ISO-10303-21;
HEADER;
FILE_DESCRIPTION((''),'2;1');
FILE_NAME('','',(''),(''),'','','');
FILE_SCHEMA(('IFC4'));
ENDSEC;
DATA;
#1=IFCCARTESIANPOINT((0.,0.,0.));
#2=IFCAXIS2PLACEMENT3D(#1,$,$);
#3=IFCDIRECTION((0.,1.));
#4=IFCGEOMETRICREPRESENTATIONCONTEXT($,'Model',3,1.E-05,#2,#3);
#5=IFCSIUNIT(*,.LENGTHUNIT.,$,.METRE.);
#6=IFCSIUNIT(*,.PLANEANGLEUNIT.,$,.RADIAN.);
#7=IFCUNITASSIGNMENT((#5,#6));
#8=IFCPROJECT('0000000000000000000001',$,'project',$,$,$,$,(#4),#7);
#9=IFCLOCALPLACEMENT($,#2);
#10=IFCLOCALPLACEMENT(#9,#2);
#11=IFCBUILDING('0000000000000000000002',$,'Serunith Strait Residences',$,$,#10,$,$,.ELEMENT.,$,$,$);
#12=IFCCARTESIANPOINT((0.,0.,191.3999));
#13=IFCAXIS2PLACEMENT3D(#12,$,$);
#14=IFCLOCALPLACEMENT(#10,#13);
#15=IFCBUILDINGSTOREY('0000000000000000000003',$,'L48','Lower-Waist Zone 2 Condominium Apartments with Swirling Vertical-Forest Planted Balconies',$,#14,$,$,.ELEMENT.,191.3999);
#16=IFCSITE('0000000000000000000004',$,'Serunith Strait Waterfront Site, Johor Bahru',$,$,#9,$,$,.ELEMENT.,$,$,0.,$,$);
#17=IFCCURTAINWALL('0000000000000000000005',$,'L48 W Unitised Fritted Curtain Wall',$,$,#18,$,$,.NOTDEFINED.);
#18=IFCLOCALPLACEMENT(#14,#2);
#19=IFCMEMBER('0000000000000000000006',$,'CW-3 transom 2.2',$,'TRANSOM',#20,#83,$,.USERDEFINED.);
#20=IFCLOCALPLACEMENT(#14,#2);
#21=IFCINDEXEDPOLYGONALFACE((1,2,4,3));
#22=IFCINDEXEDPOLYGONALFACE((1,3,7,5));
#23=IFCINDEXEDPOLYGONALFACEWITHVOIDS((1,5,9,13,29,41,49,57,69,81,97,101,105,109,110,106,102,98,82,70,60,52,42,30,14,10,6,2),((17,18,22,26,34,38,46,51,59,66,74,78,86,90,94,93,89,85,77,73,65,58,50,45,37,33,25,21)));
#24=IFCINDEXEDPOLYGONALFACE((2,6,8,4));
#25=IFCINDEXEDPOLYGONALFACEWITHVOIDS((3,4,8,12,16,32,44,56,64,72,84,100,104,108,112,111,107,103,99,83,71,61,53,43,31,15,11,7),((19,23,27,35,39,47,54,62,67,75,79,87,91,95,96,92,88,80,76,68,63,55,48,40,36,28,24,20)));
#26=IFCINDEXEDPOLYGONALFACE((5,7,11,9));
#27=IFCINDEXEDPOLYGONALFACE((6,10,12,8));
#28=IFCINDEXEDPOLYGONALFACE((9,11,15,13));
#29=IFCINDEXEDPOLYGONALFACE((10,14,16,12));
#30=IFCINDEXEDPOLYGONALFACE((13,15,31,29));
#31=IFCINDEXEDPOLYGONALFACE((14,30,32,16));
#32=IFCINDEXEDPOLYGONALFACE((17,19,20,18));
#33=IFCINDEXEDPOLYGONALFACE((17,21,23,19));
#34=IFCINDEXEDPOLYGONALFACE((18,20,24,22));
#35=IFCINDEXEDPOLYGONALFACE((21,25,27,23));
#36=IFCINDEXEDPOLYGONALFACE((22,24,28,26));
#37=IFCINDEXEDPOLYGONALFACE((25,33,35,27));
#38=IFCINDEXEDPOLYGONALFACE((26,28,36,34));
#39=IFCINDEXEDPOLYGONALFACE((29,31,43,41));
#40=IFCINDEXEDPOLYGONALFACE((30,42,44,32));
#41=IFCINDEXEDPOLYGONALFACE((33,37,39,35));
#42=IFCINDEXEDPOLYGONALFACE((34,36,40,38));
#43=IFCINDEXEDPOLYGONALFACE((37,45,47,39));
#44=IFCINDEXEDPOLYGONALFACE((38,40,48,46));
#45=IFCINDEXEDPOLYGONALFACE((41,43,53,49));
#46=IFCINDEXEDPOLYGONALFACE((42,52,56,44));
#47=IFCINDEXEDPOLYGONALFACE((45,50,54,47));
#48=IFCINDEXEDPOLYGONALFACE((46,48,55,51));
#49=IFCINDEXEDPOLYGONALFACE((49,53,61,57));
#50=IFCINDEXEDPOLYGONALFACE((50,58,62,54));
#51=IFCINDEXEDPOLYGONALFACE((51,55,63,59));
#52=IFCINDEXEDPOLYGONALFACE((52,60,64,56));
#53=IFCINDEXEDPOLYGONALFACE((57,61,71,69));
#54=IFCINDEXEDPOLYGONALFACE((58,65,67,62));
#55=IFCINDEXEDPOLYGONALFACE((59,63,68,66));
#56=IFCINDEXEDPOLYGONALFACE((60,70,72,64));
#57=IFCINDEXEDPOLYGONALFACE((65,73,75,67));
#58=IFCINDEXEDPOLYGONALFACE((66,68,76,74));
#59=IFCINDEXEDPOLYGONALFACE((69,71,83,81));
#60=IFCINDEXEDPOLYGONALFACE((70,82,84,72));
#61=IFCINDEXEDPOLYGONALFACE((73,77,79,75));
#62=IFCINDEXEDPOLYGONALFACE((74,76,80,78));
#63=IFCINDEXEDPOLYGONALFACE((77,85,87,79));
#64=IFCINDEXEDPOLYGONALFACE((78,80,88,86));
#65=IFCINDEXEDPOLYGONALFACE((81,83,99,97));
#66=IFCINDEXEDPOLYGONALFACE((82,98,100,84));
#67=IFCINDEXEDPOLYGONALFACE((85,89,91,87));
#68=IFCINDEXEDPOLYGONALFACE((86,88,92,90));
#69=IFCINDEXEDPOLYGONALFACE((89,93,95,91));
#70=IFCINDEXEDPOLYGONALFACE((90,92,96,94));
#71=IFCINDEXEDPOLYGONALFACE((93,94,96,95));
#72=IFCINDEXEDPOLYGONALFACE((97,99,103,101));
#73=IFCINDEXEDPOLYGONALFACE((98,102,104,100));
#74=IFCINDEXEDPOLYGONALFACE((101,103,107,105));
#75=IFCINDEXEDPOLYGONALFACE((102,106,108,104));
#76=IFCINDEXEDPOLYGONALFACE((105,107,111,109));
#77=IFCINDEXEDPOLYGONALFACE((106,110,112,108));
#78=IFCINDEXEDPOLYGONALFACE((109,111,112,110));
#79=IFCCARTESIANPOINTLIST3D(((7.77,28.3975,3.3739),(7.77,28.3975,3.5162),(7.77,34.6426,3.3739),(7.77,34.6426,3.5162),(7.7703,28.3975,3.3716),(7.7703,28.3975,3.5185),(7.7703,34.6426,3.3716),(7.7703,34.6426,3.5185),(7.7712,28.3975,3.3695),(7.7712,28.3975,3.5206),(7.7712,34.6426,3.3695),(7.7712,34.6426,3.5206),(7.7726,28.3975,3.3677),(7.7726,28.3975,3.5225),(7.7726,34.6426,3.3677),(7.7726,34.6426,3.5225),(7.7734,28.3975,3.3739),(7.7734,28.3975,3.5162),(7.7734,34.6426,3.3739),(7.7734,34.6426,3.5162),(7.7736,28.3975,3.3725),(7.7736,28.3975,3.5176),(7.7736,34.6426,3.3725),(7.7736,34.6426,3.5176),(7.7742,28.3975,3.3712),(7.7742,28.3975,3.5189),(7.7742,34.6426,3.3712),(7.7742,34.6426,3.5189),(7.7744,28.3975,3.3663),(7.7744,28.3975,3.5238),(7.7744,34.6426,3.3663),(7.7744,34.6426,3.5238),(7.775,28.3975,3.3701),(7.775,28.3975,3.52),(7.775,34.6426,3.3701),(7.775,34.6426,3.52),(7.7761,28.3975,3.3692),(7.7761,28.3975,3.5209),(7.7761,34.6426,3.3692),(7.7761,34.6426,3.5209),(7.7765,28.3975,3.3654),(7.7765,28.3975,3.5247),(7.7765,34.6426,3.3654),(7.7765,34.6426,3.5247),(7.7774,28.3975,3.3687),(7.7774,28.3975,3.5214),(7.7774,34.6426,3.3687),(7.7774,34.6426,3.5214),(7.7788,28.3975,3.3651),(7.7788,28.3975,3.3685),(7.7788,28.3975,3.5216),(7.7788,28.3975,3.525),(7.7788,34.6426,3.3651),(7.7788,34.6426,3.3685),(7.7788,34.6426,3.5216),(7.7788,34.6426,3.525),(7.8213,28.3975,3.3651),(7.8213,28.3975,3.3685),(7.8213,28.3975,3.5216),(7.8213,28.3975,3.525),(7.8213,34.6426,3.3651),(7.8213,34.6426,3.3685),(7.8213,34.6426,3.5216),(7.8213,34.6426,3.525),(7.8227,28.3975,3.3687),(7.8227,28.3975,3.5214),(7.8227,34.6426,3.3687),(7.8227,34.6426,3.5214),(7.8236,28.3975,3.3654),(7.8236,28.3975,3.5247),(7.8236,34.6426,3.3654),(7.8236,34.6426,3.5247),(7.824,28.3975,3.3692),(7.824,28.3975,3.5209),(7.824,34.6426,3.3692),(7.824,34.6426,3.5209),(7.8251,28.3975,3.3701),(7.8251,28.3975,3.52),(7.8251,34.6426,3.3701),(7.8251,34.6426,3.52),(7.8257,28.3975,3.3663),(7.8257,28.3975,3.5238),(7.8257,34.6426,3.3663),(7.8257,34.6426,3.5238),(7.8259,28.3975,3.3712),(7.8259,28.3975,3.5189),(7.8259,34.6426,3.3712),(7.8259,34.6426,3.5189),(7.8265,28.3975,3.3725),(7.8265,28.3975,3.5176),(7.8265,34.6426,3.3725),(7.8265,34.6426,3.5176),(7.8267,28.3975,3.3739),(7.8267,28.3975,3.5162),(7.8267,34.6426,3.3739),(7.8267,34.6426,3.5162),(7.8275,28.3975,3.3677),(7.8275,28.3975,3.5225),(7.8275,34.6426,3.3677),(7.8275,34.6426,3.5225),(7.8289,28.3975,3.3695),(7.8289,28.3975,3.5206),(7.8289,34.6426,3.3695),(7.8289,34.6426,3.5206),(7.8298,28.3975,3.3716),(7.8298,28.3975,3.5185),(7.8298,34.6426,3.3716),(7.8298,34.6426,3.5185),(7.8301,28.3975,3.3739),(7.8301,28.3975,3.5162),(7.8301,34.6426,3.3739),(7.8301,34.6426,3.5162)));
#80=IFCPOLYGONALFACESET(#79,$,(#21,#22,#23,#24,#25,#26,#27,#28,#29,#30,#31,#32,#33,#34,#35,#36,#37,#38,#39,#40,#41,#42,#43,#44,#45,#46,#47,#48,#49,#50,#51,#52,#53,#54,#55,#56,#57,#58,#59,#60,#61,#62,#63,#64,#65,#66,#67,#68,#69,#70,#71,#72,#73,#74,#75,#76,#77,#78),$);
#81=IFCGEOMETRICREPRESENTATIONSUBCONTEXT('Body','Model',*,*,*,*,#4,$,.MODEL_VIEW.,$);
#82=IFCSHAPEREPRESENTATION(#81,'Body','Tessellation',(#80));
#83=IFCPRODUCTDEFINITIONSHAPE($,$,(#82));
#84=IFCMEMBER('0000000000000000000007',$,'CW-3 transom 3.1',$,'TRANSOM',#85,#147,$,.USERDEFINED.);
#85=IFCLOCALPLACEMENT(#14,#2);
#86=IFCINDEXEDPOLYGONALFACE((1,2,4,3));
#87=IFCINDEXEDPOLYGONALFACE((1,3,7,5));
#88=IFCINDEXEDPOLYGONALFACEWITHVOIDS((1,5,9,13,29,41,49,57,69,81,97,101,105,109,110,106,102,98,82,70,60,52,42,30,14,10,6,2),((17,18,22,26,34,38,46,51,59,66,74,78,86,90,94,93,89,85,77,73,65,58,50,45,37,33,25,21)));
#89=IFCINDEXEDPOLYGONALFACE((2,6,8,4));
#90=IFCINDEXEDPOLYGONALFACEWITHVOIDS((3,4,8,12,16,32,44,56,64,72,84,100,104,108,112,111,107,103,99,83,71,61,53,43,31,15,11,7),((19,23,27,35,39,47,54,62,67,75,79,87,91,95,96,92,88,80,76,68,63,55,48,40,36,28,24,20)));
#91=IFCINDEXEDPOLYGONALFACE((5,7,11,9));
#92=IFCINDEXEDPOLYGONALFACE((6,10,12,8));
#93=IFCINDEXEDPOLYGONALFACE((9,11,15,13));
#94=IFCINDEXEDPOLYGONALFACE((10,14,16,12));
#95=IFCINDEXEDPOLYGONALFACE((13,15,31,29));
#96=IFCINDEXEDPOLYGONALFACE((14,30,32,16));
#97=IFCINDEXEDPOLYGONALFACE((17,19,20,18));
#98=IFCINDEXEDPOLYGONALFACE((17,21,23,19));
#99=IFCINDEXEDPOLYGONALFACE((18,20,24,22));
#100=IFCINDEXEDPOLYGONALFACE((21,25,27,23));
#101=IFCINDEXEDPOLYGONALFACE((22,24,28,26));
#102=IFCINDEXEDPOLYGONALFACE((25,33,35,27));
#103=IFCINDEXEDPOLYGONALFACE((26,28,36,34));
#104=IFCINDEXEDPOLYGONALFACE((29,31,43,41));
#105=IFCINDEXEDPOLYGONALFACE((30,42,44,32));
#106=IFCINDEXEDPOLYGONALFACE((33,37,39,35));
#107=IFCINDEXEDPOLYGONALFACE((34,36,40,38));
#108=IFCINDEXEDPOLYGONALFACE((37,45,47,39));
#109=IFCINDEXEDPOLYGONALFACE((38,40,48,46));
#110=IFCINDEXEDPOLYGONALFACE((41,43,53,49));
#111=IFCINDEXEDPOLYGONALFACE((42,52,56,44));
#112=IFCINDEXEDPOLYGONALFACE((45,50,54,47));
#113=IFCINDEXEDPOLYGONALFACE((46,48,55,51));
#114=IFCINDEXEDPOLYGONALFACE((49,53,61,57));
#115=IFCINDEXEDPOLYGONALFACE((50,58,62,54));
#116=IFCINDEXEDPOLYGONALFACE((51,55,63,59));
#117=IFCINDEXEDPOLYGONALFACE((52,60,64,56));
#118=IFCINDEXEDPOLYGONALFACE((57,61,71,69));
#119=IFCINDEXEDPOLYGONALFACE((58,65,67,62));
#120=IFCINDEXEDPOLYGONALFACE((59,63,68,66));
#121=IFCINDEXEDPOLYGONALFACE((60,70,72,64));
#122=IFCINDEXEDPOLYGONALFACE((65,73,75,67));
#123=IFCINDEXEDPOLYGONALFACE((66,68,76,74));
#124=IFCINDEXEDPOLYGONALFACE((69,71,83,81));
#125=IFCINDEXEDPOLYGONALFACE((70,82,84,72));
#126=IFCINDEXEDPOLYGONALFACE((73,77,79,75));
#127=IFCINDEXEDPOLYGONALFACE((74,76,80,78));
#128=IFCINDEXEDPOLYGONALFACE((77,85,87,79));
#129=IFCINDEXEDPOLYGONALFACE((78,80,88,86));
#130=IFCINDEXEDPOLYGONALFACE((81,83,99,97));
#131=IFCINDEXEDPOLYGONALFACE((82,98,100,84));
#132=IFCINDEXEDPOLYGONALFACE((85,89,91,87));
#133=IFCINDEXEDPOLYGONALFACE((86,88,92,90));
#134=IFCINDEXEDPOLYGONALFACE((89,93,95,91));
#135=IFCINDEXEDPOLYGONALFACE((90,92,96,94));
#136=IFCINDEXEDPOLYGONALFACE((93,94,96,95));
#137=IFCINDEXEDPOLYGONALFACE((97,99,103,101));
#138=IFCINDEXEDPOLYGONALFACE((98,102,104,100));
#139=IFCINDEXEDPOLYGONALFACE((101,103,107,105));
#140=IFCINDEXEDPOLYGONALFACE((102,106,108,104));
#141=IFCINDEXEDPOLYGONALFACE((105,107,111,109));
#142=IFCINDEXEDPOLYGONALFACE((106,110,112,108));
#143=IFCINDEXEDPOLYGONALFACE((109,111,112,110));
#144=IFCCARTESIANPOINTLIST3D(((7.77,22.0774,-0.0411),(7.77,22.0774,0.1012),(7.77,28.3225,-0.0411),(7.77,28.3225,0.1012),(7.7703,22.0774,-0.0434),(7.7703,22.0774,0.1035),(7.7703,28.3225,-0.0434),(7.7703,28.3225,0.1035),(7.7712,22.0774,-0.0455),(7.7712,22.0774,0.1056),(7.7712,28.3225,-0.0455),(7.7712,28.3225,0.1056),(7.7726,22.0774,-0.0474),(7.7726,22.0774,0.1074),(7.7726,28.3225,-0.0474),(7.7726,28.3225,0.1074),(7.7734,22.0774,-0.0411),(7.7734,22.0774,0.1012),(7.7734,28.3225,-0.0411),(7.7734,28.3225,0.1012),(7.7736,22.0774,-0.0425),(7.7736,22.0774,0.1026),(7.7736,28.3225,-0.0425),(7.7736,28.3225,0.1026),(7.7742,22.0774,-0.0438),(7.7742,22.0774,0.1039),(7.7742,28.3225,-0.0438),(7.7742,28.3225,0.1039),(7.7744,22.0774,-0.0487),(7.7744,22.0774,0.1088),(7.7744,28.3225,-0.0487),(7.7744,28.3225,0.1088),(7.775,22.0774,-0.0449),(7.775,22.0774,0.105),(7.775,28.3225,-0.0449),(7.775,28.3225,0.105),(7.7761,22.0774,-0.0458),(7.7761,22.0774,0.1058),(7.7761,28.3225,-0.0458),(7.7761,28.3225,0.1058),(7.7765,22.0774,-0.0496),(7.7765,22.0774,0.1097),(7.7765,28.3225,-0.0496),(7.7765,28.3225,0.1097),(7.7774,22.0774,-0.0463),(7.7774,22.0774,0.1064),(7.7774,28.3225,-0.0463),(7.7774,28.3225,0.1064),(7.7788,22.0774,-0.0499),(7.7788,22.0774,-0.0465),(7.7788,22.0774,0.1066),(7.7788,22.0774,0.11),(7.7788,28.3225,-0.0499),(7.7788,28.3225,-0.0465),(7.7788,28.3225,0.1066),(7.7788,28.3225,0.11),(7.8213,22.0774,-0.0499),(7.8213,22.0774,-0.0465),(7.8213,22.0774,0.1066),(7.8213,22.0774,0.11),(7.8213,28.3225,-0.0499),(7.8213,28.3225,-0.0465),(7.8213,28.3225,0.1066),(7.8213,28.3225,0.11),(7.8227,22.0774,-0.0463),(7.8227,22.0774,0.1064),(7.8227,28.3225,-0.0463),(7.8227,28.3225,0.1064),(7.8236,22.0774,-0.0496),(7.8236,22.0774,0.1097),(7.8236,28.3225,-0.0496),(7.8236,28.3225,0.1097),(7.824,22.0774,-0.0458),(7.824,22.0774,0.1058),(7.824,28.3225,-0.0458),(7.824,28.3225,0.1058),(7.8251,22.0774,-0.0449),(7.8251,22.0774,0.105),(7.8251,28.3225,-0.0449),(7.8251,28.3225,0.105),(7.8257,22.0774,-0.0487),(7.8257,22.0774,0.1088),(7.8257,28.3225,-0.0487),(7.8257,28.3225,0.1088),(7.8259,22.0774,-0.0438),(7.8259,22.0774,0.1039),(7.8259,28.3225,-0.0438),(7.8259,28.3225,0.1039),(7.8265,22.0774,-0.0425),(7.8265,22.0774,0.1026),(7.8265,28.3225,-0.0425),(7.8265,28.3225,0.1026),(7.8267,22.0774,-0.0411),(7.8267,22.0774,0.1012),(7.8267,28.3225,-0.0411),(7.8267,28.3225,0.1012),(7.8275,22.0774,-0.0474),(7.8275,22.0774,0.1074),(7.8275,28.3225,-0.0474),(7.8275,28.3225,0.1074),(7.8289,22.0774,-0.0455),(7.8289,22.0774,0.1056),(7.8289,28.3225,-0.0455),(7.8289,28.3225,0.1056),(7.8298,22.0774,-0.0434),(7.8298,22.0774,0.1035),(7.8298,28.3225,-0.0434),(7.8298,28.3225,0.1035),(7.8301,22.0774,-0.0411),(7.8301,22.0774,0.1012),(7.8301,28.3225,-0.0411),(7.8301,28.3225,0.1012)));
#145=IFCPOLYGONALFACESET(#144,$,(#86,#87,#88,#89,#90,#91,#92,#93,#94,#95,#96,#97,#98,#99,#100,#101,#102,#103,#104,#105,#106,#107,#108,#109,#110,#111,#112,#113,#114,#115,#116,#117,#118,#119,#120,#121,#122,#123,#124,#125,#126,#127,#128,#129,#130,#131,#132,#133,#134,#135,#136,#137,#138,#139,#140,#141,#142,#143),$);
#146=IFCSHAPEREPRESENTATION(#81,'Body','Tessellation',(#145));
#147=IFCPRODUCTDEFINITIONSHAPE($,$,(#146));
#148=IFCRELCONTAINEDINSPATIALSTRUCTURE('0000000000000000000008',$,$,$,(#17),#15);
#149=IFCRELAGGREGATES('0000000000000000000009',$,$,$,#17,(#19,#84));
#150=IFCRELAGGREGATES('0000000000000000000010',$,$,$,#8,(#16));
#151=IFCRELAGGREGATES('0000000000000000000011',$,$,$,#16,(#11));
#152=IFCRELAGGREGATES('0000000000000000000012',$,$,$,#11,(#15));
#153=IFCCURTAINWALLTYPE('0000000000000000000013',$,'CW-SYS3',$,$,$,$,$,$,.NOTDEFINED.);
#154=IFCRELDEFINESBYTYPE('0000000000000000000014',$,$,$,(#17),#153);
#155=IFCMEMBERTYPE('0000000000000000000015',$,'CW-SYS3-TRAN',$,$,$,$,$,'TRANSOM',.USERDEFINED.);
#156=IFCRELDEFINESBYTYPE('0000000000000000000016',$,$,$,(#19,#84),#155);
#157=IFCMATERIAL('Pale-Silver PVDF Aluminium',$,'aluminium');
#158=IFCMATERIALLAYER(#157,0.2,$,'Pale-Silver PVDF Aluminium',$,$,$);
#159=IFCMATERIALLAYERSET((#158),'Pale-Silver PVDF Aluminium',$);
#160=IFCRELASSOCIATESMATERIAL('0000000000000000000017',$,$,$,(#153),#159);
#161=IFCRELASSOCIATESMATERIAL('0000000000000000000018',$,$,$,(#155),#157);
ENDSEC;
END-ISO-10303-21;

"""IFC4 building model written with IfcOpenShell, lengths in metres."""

from ifc_helpers import new_model, si_unit, direction, frame, origin, origin_2d, place, context, subcontext, project, spatial, hollow_rectangle, extrude, source, transform, mapped, material, layer, layer_set, material_profile, profile_set, type_object, element, aggregate, save


model = new_model("IFC4")

# Units and contexts
model_context = context("Model", 3, precision=1e-05, world=origin(), true_north=direction((0.0, 1.0)))
body_context = subcontext(model_context, "Body", "Model", "MODEL_VIEW")
ifc_project = project(units=[si_unit("LENGTHUNIT", "METRE"), si_unit("PLANEANGLEUNIT", "RADIAN")], contexts=[model_context])

# Site, building, storey
site_placement = place(None, origin())
site = spatial("IfcSite", under=ifc_project, at=site_placement, Name="Serunith Strait Waterfront Site, Johor Bahru", CompositionType="ELEMENT", RefElevation=0.0)
building_placement = place(site_placement, origin())
building = spatial("IfcBuilding", under=site, at=building_placement, Name="Serunith Strait Residences", CompositionType="ELEMENT")
storey_placement = place(building_placement, frame((0.0, 0.0, 191.3999)))
storey = spatial("IfcBuildingStorey", under=building, at=storey_placement, Name="L48", Description="Lower-Waist Zone 2 Condominium Apartments with Swirling Vertical-Forest Planted Balconies", CompositionType="ELEMENT", Elevation=191.3999)

# Curtain wall, members
ifc_material_1 = material(Name="Pale-Silver PVDF Aluminium", Category="aluminium")
ifc_layer_1 = layer(ifc_material_1, 0.2, Name="Pale-Silver PVDF Aluminium")
ifc_layer_set_1 = layer_set([ifc_layer_1], Name="Pale-Silver PVDF Aluminium")
curtain_wall_type = type_object("IfcCurtainWallType", Name="CW-SYS3", PredefinedType="NOTDEFINED", material=ifc_layer_set_1)
curtain_wall_placement = place(storey_placement, origin())
curtain_wall = element("IfcCurtainWall", 1, at=curtain_wall_placement, inside=storey, type_object=curtain_wall_type, Name="L48 W Unitised Fritted Curtain Wall", PredefinedType="NOTDEFINED")
ifc_material_profile_1 = material_profile(ifc_material_1, hollow_rectangle(XDim=0.0601, YDim=0.1599, WallThickness=0.0034, InnerFilletRadius=0.0054, OuterFilletRadius=0.0088, at=origin_2d()), Name="ALU 160x60x3.5")
ifc_profile_set_1 = profile_set([ifc_material_profile_1], Name="Pale-Silver PVDF Aluminium")
member_type_1 = type_object("IfcMemberType", Name="CW-SYS3-TRAN", ElementType="TRANSOM", PredefinedType="USERDEFINED", material=ifc_profile_set_1)
shared_shape_1 = source(origin(), body_context, "Body", "SweptSolid", [
    extrude(hollow_rectangle(XDim=0.0601, YDim=0.1599, WallThickness=0.0034, InnerFilletRadius=0.0054, OuterFilletRadius=0.0088, at=origin_2d()), origin(), (0.0, 0.0, 1.0), 6.2451),
])
member_1_placement = place(storey_placement, frame((7.8, 34.6426, 3.4451), z_axis=(0.0, -1.0, 0.0), x_axis=(1.0, 0.0, 0.0)))
member_1 = element("IfcMember", 2, at=member_1_placement, type_object=member_type_1, Name="CW-3 transom 2.2", ObjectType="TRANSOM", PredefinedType="USERDEFINED", context=body_context, shape_type="MappedRepresentation", body=[
    mapped(shared_shape_1, transform((0.0, 0.0, 0.0), scale=1.0)),
])
member_2_placement = place(storey_placement, frame((7.8, 28.3225, 0.03), z_axis=(0.0, -1.0, 0.0), x_axis=(1.0, 0.0, 0.0)))
member_2 = element("IfcMember", 3, at=member_2_placement, type_object=member_type_1, Name="CW-3 transom 3.1", ObjectType="TRANSOM", PredefinedType="USERDEFINED", context=body_context, shape_type="MappedRepresentation", body=[
    mapped(shared_shape_1, transform((0.0, 0.0, 0.0), scale=1.0)),
])
aggregate(curtain_wall, [member_1, member_2])

save(model, "model.ifc")
